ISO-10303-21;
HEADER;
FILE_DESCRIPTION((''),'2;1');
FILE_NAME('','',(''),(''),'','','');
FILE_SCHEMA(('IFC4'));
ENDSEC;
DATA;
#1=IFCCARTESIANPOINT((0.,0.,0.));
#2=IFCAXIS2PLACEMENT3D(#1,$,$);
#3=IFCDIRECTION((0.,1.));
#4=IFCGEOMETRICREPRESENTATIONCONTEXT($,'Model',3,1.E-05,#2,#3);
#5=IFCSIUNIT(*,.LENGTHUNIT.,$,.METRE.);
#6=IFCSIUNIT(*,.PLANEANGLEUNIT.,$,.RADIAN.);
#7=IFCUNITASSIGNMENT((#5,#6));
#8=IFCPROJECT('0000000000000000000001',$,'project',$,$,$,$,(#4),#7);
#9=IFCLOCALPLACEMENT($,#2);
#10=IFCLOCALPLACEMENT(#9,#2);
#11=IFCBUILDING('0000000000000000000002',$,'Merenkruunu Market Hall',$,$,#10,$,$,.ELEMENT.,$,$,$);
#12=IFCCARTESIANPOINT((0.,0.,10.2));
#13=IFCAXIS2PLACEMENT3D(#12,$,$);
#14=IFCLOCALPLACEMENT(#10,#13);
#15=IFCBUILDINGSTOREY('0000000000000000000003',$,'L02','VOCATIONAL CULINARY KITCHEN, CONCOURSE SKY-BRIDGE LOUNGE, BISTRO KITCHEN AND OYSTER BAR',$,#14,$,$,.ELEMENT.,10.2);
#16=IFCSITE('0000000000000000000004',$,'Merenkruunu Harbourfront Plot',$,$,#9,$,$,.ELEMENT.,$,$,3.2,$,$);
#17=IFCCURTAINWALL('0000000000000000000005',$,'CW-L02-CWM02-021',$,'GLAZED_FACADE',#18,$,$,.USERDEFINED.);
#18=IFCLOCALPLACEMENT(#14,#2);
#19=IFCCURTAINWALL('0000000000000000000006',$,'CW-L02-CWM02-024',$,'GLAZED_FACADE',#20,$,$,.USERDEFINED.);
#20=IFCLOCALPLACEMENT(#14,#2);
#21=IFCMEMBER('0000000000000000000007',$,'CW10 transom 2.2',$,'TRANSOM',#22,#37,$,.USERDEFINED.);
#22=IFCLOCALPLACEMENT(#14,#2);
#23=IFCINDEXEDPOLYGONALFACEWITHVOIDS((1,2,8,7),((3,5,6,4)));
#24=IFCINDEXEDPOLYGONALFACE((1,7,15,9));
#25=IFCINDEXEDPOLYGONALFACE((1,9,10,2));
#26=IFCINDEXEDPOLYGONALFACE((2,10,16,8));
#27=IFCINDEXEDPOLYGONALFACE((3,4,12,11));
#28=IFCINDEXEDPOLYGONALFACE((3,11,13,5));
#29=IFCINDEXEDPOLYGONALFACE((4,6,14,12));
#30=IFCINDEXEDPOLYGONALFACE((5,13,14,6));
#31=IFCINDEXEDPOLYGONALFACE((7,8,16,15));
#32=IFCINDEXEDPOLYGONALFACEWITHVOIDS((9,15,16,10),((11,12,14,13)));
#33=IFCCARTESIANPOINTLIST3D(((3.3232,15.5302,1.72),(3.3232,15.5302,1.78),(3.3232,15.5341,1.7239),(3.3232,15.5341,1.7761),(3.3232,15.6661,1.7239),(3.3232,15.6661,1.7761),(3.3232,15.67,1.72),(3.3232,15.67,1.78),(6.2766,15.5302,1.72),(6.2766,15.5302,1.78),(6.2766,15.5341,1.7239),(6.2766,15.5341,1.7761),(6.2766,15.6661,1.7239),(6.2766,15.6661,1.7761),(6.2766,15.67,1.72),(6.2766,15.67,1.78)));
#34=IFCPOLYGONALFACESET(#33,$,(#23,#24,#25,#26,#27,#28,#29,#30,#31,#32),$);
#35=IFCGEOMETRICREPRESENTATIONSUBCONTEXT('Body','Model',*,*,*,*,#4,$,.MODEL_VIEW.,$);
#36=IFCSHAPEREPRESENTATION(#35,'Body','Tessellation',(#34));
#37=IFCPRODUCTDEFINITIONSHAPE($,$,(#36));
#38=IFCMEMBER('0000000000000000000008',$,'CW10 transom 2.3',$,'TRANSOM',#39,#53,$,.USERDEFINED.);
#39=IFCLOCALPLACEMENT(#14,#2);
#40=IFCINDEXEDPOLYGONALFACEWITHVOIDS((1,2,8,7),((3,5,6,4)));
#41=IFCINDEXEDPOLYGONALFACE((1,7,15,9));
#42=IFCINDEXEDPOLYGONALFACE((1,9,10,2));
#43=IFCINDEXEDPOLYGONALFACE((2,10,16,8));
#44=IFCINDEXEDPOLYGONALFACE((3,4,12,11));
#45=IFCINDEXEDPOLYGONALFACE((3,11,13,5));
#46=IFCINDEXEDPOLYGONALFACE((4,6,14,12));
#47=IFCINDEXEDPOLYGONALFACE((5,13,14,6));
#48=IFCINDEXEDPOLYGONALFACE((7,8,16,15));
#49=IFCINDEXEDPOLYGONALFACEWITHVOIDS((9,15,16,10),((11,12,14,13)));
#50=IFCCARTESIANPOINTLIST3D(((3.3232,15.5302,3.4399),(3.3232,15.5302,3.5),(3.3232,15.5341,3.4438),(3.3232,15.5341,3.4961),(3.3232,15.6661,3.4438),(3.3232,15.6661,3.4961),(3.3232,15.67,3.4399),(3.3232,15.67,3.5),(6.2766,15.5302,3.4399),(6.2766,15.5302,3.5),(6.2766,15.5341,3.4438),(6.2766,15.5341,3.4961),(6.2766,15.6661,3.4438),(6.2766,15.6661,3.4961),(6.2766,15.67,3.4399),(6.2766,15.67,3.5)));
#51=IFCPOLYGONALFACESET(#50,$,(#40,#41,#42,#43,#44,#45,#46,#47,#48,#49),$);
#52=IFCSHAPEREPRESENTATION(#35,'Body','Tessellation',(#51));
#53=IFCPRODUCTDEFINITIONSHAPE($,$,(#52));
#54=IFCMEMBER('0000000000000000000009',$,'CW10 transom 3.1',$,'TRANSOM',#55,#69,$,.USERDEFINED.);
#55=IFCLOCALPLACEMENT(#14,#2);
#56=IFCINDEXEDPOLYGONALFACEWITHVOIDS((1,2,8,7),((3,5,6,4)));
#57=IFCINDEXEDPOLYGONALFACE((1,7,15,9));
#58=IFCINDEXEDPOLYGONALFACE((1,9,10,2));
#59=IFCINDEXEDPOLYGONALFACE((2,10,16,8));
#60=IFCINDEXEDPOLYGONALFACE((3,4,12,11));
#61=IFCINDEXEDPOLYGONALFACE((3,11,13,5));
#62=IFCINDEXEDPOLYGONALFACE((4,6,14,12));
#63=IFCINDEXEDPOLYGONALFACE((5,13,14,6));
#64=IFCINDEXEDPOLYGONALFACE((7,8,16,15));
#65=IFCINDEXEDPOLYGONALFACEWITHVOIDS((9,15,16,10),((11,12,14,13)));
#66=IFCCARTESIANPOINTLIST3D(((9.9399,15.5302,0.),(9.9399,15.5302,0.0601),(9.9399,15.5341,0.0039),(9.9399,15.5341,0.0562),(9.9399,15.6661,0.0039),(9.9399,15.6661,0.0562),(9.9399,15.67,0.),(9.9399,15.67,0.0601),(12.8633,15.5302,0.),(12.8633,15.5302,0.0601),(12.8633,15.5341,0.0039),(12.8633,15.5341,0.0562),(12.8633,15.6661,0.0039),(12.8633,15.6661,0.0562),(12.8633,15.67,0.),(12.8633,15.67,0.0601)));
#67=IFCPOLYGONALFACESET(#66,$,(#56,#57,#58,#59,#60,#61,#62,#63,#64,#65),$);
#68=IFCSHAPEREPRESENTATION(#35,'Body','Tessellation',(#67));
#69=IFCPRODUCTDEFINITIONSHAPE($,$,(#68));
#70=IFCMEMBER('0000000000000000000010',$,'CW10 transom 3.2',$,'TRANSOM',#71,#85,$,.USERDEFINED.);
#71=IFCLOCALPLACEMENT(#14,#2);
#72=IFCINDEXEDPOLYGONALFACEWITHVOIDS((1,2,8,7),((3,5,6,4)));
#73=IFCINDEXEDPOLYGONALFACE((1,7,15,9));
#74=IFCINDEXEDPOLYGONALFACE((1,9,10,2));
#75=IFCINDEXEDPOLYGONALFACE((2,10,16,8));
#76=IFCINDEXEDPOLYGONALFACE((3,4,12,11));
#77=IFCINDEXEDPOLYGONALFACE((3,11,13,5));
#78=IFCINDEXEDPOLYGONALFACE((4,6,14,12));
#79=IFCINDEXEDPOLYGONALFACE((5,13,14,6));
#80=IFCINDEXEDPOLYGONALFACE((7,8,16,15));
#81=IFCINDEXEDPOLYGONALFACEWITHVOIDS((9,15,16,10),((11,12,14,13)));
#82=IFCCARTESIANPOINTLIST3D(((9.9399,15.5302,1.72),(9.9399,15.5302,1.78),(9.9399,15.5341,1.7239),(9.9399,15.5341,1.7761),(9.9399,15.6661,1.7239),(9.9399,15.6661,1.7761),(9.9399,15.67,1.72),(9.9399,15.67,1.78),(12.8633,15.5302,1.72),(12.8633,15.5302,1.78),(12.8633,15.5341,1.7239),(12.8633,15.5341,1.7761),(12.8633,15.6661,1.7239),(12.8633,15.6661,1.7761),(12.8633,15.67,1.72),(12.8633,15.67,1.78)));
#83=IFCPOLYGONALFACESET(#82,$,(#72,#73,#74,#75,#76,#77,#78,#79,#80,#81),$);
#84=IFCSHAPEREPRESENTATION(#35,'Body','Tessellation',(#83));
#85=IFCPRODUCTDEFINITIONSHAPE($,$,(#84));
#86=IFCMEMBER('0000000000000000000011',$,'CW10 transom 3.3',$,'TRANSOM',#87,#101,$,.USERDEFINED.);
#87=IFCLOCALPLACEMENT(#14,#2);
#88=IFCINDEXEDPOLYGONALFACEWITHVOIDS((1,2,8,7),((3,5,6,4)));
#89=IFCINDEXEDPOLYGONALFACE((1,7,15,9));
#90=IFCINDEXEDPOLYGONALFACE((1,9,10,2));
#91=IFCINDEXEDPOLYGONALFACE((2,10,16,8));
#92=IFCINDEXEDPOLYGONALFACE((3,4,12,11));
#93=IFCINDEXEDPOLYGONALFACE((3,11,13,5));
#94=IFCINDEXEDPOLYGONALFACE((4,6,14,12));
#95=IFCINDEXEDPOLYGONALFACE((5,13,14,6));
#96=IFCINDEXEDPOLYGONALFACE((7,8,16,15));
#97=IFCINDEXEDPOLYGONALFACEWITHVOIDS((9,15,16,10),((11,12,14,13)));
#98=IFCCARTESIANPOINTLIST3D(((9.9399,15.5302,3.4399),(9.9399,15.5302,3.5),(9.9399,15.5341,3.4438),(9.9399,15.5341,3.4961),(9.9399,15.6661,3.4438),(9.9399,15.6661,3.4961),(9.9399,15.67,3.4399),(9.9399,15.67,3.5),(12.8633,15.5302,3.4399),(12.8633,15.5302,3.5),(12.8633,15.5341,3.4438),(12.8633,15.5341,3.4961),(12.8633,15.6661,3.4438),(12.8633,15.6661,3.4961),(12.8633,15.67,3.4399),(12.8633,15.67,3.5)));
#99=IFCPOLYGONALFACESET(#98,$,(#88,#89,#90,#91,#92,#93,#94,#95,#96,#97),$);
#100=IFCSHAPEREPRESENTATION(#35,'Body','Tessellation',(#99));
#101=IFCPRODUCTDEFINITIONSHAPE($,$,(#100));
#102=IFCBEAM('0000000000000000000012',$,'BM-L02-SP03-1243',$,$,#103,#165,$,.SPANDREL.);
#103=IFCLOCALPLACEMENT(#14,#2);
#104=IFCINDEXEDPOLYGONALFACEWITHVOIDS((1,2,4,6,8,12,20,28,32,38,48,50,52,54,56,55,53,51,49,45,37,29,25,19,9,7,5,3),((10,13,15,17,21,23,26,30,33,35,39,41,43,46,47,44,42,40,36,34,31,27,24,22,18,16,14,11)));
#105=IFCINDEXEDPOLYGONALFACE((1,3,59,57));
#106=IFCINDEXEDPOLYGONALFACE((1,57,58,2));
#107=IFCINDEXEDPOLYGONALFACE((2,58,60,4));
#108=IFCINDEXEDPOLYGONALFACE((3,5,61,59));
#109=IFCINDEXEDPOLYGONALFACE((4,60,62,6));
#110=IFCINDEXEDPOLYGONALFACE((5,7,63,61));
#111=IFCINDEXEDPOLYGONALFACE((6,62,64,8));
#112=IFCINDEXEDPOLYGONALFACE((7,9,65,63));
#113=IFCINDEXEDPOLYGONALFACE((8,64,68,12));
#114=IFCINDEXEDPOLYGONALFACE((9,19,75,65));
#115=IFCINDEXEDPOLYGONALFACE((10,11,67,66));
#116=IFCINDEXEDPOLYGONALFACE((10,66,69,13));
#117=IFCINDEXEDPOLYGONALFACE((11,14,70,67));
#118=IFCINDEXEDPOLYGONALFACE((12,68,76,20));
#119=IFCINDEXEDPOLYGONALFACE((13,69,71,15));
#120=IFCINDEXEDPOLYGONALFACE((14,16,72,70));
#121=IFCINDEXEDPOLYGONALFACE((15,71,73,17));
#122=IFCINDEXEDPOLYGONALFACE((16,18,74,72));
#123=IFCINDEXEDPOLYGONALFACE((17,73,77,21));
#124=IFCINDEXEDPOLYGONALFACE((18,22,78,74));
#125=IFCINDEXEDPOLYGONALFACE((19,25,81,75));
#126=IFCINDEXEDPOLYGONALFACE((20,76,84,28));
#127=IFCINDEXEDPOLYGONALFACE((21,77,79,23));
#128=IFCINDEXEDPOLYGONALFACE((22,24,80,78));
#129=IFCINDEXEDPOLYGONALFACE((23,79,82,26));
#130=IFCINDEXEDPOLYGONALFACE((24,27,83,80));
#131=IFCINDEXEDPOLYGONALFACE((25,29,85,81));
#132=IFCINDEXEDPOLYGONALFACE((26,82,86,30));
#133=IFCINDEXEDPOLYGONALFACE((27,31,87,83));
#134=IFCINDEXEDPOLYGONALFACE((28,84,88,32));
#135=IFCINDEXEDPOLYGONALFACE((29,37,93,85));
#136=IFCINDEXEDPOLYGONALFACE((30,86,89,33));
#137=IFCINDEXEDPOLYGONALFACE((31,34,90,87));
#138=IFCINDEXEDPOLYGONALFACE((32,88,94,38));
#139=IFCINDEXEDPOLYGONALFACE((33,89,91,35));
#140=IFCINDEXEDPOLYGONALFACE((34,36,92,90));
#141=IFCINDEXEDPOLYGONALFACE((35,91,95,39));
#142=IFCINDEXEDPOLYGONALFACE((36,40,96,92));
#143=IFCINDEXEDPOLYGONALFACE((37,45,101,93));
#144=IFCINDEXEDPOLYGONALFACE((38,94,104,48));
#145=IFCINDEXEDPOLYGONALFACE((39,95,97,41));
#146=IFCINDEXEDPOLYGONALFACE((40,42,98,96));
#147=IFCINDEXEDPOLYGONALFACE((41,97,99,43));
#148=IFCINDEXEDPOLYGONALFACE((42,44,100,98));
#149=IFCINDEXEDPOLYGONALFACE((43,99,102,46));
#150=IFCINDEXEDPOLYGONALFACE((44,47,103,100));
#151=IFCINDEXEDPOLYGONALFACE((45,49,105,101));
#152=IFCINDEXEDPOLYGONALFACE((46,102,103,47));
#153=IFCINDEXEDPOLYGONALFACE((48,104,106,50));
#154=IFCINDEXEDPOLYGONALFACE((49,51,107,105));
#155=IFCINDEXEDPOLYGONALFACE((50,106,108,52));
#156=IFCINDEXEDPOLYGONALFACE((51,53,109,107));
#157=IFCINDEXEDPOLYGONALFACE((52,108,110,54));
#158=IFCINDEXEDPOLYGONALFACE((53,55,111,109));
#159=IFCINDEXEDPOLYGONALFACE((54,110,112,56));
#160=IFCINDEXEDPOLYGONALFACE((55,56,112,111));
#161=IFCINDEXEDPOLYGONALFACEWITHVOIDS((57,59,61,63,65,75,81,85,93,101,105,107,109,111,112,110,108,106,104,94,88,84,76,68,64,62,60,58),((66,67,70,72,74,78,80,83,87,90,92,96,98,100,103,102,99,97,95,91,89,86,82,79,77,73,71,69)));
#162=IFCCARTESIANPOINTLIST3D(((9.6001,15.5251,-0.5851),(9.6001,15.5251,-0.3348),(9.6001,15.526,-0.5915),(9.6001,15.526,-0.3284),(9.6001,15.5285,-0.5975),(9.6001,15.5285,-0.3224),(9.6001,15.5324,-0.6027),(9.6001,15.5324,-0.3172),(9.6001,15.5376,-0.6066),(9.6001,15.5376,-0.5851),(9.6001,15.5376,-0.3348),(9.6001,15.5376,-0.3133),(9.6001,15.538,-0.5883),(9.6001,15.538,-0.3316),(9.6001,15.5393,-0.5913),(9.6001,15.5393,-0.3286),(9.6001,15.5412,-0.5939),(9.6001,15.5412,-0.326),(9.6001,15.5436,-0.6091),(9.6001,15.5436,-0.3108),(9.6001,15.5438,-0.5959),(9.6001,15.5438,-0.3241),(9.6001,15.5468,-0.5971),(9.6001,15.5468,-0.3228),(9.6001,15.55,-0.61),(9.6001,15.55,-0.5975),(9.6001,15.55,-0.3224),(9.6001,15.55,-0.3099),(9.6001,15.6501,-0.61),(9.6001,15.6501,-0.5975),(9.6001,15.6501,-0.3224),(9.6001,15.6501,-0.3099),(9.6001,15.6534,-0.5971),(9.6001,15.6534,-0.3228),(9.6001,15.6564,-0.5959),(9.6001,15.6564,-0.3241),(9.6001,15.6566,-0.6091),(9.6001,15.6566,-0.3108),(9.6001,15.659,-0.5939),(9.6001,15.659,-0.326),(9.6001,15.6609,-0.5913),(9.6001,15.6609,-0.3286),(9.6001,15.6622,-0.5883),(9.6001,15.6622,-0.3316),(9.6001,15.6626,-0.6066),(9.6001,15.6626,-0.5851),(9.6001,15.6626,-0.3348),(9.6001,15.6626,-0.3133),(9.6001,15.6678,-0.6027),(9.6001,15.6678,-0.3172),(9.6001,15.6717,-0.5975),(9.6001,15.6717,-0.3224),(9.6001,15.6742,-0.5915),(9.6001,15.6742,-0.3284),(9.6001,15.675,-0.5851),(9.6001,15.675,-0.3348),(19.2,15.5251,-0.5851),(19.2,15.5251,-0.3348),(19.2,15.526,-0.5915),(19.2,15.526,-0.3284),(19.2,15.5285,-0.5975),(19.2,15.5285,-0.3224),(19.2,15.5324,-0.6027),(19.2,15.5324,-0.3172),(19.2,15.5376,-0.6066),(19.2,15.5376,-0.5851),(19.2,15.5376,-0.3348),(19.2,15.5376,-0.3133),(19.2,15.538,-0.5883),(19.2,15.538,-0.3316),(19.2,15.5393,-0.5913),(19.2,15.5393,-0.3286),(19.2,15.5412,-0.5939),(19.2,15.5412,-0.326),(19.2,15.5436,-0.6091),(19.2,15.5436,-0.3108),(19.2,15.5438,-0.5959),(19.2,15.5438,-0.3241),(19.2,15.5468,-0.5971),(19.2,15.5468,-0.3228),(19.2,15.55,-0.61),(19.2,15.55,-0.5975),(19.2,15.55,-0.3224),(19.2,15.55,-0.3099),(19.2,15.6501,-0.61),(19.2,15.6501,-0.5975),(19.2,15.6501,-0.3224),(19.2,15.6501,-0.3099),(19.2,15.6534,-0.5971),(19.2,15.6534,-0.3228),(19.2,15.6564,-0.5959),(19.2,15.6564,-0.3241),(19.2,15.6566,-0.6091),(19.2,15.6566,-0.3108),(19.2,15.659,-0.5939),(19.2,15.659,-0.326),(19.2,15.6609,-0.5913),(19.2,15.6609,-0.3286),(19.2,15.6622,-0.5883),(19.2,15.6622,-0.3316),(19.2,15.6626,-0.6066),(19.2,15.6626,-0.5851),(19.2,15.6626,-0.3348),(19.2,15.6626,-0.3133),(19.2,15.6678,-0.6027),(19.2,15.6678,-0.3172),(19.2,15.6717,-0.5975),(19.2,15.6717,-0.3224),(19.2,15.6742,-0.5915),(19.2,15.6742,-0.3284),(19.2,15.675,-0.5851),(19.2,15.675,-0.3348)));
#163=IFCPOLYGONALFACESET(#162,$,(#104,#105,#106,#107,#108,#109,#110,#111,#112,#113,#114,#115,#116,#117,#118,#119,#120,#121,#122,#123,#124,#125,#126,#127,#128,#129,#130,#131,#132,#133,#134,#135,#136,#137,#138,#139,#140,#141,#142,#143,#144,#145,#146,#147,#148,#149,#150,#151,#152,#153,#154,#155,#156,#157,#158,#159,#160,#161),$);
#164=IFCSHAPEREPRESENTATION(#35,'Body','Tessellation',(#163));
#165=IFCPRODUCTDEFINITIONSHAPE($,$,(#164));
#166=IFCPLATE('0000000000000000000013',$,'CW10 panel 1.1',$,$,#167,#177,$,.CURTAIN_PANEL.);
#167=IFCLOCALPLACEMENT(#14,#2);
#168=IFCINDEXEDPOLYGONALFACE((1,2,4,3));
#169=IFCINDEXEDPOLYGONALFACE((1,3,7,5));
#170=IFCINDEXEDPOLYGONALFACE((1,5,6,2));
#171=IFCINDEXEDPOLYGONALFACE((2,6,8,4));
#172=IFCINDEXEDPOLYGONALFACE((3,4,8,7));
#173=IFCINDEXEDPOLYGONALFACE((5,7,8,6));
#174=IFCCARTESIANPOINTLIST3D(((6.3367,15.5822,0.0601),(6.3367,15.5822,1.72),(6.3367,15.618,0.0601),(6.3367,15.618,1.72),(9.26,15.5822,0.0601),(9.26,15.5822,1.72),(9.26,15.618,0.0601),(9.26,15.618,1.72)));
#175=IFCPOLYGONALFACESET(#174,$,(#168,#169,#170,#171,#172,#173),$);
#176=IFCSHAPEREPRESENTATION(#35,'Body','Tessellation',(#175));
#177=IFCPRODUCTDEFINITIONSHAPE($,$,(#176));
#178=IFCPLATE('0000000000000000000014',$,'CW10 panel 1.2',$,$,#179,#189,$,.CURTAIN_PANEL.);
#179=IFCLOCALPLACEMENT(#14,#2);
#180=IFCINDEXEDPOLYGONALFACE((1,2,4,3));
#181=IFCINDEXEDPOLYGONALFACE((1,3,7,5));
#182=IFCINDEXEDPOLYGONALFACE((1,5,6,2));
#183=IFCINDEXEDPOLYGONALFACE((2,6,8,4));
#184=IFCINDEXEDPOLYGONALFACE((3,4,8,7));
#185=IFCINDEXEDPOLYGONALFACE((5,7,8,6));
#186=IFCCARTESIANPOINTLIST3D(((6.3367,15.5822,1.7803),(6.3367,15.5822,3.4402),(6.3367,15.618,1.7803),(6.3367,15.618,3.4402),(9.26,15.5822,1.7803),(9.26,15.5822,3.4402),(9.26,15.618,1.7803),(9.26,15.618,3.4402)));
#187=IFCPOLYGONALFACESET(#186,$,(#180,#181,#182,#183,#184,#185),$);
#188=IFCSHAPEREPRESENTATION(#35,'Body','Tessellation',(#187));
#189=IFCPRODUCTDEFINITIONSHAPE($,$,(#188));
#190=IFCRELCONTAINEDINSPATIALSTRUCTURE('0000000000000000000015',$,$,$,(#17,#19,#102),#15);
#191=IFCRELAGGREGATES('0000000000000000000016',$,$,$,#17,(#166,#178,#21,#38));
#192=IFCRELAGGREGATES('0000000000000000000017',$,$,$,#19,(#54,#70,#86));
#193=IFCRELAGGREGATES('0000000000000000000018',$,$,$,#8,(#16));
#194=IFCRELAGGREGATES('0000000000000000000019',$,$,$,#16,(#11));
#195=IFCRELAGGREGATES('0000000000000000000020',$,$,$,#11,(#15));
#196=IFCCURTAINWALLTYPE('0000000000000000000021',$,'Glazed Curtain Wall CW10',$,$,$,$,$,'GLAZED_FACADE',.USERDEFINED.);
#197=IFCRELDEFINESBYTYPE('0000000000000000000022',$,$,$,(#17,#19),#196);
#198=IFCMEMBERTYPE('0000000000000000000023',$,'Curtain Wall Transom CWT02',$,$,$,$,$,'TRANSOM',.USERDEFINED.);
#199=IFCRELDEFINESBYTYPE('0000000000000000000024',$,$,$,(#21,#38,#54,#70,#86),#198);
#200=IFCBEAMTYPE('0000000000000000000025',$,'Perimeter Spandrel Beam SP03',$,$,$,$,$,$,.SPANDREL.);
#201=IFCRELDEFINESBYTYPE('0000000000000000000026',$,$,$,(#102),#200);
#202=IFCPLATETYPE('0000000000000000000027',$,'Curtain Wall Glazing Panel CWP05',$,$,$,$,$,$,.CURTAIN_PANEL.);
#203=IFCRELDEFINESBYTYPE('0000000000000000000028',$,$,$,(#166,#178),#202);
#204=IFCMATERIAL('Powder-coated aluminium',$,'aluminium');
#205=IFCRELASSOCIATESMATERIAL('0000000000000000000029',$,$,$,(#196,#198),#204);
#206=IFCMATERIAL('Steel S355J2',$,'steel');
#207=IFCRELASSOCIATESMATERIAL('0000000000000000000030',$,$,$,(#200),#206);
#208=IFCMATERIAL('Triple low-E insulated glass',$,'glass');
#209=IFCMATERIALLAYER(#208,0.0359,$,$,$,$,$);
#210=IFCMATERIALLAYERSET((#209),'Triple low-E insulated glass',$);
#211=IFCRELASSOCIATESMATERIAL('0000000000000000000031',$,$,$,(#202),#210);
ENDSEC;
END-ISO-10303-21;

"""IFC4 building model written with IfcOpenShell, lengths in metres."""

from ifc_helpers import new_model, si_unit, direction, frame, origin, origin_2d, place, context, subcontext, project, spatial, rectangle, hollow_rectangle, extrude, material, layer, layer_set, material_profile, profile_set, type_object, element, aggregate, save


model = new_model("IFC4")

# Units and contexts
model_context = context("Model", 3, precision=1e-05, world=origin(), true_north=direction((0.0, 1.0)))
body_context = subcontext(model_context, "Body", "Model", "MODEL_VIEW")
ifc_project = project(units=[si_unit("LENGTHUNIT", "METRE"), si_unit("PLANEANGLEUNIT", "RADIAN")], contexts=[model_context])

# Site, building, storey
site_placement = place(None, origin())
site = spatial("IfcSite", under=ifc_project, at=site_placement, Name="Merenkruunu Harbourfront Plot", CompositionType="ELEMENT", RefElevation=3.2)
building_placement = place(site_placement, origin())
building = spatial("IfcBuilding", under=site, at=building_placement, Name="Merenkruunu Market Hall", CompositionType="ELEMENT")
storey_placement = place(building_placement, frame((0.0, 0.0, 10.2)))
storey = spatial("IfcBuildingStorey", under=building, at=storey_placement, Name="L02", Description="VOCATIONAL CULINARY KITCHEN, CONCOURSE SKY-BRIDGE LOUNGE, BISTRO KITCHEN AND OYSTER BAR", CompositionType="ELEMENT", Elevation=10.2)

# Shared definitions
ifc_material_1 = material(Name="Steel S355J2", Category="steel")

# Curtain walls
ifc_material_2 = material(Name="Powder-coated aluminium", Category="aluminium")
curtain_wall_type = type_object("IfcCurtainWallType", Name="Glazed Curtain Wall CW10", ElementType="GLAZED_FACADE", PredefinedType="USERDEFINED", material=ifc_material_2)
curtain_wall_1_placement = place(storey_placement, origin())
curtain_wall_1 = element("IfcCurtainWall", 1, at=curtain_wall_1_placement, inside=storey, type_object=curtain_wall_type, Name="CW-L02-CWM02-021", ObjectType="GLAZED_FACADE", PredefinedType="USERDEFINED")
curtain_wall_2_placement = place(storey_placement, origin())
curtain_wall_2 = element("IfcCurtainWall", 2, at=curtain_wall_2_placement, inside=storey, type_object=curtain_wall_type, Name="CW-L02-CWM02-024", ObjectType="GLAZED_FACADE", PredefinedType="USERDEFINED")

# Members
ifc_material_profile_1 = material_profile(ifc_material_2, hollow_rectangle(XDim=0.0601, YDim=0.1399, WallThickness=0.0039, at=origin_2d()), Name="ALU 60x140x4")
ifc_profile_set_1 = profile_set([ifc_material_profile_1], Name="Powder-coated aluminium")
member_type_1 = type_object("IfcMemberType", Name="Curtain Wall Transom CWT02", ElementType="TRANSOM", PredefinedType="USERDEFINED", material=ifc_profile_set_1)
member_1_placement = place(storey_placement, frame((6.2766, 15.6001, 1.75), z_axis=(-1.0, 0.0, 0.0), x_axis=(0.0, 0.0, 1.0)))
member_1 = element("IfcMember", 3, at=member_1_placement, type_object=member_type_1, Name="CW10 transom 2.2", ObjectType="TRANSOM", PredefinedType="USERDEFINED", context=body_context, shape_type="SweptSolid", body=[
    extrude(hollow_rectangle(XDim=0.0601, YDim=0.1399, WallThickness=0.0039, at=origin_2d()), origin(), (0.0, 0.0, 1.0), 2.9534),
])
member_2_placement = place(storey_placement, frame((6.2766, 15.6001, 3.47), z_axis=(-1.0, 0.0, 0.0), x_axis=(0.0, 0.0, 1.0)))
member_2 = element("IfcMember", 4, at=member_2_placement, type_object=member_type_1, Name="CW10 transom 2.3", ObjectType="TRANSOM", PredefinedType="USERDEFINED", context=body_context, shape_type="SweptSolid", body=[
    extrude(hollow_rectangle(XDim=0.0601, YDim=0.1399, WallThickness=0.0039, at=origin_2d()), origin(), (0.0, 0.0, 1.0), 2.9534),
])
member_3_placement = place(storey_placement, frame((12.8633, 15.6001, 0.03), z_axis=(-1.0, 0.0, 0.0), x_axis=(0.0, 0.0, 1.0)))
member_3 = element("IfcMember", 5, at=member_3_placement, type_object=member_type_1, Name="CW10 transom 3.1", ObjectType="TRANSOM", PredefinedType="USERDEFINED", context=body_context, shape_type="SweptSolid", body=[
    extrude(hollow_rectangle(XDim=0.0601, YDim=0.1399, WallThickness=0.0039, at=origin_2d()), origin(), (0.0, 0.0, 1.0), 2.9233),
])
member_4_placement = place(storey_placement, frame((12.8633, 15.6001, 1.75), z_axis=(-1.0, 0.0, 0.0), x_axis=(0.0, 0.0, 1.0)))
member_4 = element("IfcMember", 6, at=member_4_placement, type_object=member_type_1, Name="CW10 transom 3.2", ObjectType="TRANSOM", PredefinedType="USERDEFINED", context=body_context, shape_type="SweptSolid", body=[
    extrude(hollow_rectangle(XDim=0.0601, YDim=0.1399, WallThickness=0.0039, at=origin_2d()), origin(), (0.0, 0.0, 1.0), 2.9233),
])
member_5_placement = place(storey_placement, frame((12.8633, 15.6001, 3.47), z_axis=(-1.0, 0.0, 0.0), x_axis=(0.0, 0.0, 1.0)))
member_5 = element("IfcMember", 7, at=member_5_placement, type_object=member_type_1, Name="CW10 transom 3.3", ObjectType="TRANSOM", PredefinedType="USERDEFINED", context=body_context, shape_type="SweptSolid", body=[
    extrude(hollow_rectangle(XDim=0.0601, YDim=0.1399, WallThickness=0.0039, at=origin_2d()), origin(), (0.0, 0.0, 1.0), 2.9233),
])

# Beam
ifc_material_profile_2 = material_profile(ifc_material_1, hollow_rectangle(XDim=0.1499, YDim=0.3, WallThickness=0.0125, InnerFilletRadius=0.0125, OuterFilletRadius=0.0249, at=origin_2d()), Name="RHS 300x150x12.5")
ifc_profile_set_2 = profile_set([ifc_material_profile_2], Name="Steel S355J2")
beam_type = type_object("IfcBeamType", Name="Perimeter Spandrel Beam SP03", PredefinedType="SPANDREL", material=ifc_profile_set_2)
beam_placement = place(storey_placement, frame((9.6001, 15.6001, -0.46), z_axis=(1.0, 0.0, 0.0), x_axis=(0.0, 1.0, 0.0)))
element("IfcBeam", 8, at=beam_placement, inside=storey, type_object=beam_type, Name="BM-L02-SP03-1243", PredefinedType="SPANDREL", context=body_context, shape_type="SweptSolid", body=[
    extrude(hollow_rectangle(XDim=0.1499, YDim=0.3, WallThickness=0.0125, InnerFilletRadius=0.0125, OuterFilletRadius=0.0249, at=origin_2d()), origin(), (0.0, 0.0, 1.0), 9.5999),
])

# Plates
ifc_material_3 = material(Name="Triple low-E insulated glass", Category="glass")
ifc_layer_1 = layer(ifc_material_3, 0.0359)
ifc_layer_set_1 = layer_set([ifc_layer_1], Name="Triple low-E insulated glass")
plate_type = type_object("IfcPlateType", Name="Curtain Wall Glazing Panel CWP05", PredefinedType="CURTAIN_PANEL", material=ifc_layer_set_1)
plate_1_placement = place(storey_placement, frame((7.7983, 15.6001, 0.0601), z_axis=(0.0, 0.0, 1.0), x_axis=(-1.0, 0.0, 0.0)))
plate_1 = element("IfcPlate", 9, at=plate_1_placement, type_object=plate_type, Name="CW10 panel 1.1", PredefinedType="CURTAIN_PANEL", context=body_context, shape_type="SweptSolid", body=[
    extrude(rectangle(XDim=2.9233, YDim=0.0359, at=origin_2d()), origin(), (0.0, 0.0, 1.0), 1.6599),
])
plate_2_placement = place(storey_placement, frame((7.7983, 15.6001, 1.7803), z_axis=(0.0, 0.0, 1.0), x_axis=(-1.0, 0.0, 0.0)))
plate_2 = element("IfcPlate", 10, at=plate_2_placement, type_object=plate_type, Name="CW10 panel 1.2", PredefinedType="CURTAIN_PANEL", context=body_context, shape_type="SweptSolid", body=[
    extrude(rectangle(XDim=2.9233, YDim=0.0359, at=origin_2d()), origin(), (0.0, 0.0, 1.0), 1.6599),
])
aggregate(curtain_wall_1, [plate_1, plate_2, member_1, member_2])
aggregate(curtain_wall_2, [member_3, member_4, member_5])

save(model, "model.ifc")
